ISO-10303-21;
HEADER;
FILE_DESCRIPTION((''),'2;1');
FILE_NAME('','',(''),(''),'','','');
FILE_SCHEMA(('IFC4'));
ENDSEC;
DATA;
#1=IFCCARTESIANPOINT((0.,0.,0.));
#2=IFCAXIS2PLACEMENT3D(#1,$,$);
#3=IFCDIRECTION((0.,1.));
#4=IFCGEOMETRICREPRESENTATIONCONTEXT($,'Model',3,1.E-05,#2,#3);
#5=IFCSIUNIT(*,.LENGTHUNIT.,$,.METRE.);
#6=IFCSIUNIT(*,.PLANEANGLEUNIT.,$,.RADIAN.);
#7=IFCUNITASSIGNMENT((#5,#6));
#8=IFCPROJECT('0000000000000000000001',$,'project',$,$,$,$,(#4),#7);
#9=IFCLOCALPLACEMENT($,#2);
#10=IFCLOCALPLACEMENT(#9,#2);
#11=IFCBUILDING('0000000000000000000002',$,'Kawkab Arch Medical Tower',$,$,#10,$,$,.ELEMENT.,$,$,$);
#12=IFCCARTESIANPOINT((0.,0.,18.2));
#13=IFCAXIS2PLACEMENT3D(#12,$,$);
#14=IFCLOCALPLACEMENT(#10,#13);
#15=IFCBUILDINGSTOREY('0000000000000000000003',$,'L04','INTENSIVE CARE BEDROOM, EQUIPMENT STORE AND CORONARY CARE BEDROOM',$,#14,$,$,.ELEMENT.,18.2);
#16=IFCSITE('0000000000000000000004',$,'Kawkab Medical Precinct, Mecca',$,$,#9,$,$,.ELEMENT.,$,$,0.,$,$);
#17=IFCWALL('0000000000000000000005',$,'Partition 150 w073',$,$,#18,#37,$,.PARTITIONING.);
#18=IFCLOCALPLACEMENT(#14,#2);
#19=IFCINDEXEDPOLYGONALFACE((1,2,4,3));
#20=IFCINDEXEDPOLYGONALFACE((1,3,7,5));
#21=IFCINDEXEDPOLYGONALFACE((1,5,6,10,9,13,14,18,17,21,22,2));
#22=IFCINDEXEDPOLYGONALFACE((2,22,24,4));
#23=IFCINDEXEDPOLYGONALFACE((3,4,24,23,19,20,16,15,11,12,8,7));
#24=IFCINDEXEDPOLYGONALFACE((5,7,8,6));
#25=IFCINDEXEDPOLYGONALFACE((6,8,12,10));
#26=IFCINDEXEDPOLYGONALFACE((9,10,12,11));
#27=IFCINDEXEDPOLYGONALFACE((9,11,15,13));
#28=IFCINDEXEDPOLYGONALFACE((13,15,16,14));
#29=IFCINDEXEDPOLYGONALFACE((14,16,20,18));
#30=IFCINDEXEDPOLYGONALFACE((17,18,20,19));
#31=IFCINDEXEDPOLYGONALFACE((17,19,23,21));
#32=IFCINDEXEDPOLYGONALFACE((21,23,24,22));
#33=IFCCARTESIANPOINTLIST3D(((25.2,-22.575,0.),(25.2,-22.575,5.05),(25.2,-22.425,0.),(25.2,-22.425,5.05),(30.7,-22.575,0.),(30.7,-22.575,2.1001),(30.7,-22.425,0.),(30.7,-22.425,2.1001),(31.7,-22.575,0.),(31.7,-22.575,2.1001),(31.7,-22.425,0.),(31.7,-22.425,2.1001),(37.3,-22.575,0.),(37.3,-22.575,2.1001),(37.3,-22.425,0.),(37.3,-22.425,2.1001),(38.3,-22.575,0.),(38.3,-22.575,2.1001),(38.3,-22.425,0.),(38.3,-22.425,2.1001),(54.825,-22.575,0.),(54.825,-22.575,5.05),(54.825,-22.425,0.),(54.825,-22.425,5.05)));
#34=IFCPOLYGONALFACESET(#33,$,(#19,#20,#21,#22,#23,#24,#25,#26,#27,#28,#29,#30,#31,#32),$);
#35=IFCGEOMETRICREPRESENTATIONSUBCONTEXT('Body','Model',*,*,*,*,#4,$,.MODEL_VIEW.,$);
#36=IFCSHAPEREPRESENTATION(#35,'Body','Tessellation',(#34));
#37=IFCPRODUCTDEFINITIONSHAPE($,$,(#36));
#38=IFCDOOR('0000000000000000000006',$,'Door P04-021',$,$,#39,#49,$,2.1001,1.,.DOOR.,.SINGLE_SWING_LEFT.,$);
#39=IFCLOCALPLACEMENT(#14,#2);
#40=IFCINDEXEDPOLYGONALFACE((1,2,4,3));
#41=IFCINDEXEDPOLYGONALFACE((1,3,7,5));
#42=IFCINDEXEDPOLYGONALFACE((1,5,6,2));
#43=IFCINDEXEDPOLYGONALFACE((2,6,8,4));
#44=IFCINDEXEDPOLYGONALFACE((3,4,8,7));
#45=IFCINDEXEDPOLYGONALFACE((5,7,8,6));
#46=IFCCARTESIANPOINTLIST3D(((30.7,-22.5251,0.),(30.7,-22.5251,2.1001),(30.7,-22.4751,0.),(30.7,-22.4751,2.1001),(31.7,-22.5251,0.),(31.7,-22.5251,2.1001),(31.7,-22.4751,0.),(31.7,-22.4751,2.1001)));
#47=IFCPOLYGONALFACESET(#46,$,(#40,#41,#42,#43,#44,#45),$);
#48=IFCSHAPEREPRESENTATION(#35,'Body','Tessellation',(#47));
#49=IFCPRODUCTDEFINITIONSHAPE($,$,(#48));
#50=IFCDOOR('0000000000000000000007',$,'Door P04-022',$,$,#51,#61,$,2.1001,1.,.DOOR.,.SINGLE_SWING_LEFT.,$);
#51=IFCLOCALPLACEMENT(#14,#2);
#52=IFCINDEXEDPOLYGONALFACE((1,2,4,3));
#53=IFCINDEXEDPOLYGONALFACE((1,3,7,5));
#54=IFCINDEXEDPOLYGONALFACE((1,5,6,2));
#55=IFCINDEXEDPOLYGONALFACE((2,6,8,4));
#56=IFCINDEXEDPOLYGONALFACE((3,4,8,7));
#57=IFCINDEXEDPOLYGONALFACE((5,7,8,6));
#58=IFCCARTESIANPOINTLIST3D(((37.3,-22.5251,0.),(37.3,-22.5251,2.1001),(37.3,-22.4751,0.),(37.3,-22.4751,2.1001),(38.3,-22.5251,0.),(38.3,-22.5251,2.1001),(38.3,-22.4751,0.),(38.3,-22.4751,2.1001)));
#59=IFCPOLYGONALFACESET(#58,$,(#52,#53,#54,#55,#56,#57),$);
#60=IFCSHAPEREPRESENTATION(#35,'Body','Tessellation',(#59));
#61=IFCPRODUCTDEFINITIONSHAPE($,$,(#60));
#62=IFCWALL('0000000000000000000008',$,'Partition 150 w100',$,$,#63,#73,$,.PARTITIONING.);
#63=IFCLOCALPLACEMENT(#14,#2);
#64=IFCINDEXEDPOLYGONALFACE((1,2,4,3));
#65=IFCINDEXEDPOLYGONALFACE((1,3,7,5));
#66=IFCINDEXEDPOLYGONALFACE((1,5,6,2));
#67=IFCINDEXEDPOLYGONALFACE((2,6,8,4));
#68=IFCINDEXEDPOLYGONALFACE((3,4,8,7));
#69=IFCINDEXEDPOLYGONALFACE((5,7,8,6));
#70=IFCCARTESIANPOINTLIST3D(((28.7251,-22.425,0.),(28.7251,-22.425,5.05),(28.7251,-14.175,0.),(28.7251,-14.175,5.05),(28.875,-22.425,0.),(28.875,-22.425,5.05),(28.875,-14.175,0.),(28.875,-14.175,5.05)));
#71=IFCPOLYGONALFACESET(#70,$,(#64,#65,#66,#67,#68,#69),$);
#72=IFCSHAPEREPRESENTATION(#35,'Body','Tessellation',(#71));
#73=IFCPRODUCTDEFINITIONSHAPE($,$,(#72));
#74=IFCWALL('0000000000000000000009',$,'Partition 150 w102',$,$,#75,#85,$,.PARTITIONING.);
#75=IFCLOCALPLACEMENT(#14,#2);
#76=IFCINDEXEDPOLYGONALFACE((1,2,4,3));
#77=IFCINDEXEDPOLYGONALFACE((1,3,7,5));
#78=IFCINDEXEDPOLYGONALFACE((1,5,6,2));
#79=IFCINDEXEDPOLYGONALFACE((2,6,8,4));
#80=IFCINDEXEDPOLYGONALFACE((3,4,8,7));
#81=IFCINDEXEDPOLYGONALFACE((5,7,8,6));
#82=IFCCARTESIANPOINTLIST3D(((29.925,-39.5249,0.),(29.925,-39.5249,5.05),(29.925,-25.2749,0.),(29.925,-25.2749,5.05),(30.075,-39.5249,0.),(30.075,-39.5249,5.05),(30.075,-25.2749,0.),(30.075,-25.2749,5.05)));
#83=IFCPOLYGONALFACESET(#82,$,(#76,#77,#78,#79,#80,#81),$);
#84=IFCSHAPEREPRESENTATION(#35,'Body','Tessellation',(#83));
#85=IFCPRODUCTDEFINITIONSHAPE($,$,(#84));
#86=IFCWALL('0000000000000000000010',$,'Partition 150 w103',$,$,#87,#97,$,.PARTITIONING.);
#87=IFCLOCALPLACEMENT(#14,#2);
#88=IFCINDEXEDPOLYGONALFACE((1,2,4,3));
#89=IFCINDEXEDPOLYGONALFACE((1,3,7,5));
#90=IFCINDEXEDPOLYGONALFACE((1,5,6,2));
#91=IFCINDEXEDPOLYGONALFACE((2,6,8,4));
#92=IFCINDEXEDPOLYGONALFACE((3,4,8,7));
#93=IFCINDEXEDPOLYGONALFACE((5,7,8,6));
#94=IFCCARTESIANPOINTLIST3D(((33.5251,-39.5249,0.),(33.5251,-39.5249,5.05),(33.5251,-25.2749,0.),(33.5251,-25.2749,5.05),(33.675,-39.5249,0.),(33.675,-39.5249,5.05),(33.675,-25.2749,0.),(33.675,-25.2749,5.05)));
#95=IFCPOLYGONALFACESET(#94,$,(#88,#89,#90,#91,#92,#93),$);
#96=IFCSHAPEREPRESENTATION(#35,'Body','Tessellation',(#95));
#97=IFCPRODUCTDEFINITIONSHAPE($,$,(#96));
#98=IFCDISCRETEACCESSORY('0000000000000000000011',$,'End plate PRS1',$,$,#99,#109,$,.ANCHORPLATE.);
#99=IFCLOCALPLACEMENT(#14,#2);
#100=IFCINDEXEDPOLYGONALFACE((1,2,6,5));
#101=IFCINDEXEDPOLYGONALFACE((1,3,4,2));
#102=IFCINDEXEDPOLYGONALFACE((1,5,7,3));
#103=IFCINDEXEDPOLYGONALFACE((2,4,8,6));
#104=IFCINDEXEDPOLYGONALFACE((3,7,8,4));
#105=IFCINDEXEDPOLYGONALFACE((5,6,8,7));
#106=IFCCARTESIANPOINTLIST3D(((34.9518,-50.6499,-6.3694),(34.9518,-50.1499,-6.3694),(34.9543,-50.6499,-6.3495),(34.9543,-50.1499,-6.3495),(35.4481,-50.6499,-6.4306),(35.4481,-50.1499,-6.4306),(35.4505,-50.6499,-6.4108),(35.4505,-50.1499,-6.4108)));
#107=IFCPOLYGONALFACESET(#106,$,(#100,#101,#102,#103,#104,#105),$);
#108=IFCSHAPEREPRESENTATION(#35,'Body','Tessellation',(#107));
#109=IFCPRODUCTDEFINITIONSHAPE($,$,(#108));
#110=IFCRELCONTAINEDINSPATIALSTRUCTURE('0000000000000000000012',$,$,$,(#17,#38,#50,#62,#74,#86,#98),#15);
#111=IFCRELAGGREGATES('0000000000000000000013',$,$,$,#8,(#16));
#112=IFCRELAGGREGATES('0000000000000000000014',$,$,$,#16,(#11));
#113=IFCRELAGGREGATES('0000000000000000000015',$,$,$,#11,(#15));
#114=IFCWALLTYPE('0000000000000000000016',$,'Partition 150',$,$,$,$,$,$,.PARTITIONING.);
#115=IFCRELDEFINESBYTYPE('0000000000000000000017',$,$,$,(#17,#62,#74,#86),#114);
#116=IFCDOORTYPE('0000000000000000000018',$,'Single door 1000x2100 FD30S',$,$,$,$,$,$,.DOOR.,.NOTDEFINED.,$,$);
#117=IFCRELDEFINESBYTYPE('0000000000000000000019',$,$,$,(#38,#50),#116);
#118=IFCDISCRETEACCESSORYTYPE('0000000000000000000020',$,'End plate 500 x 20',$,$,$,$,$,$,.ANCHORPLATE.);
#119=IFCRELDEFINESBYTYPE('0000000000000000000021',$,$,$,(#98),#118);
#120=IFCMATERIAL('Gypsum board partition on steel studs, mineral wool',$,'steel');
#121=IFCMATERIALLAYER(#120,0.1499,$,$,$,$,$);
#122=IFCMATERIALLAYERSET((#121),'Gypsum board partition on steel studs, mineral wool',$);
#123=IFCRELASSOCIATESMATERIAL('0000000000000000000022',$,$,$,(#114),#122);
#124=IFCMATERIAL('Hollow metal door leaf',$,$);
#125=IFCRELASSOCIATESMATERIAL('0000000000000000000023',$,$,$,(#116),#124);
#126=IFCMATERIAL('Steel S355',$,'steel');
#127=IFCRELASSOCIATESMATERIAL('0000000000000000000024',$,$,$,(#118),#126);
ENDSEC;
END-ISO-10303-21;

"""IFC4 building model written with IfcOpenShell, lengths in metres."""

from ifc_helpers import new_model, si_unit, direction, frame, frame_2d, origin, origin_2d, place, context, subcontext, project, spatial, rectangle, extrude, material, layer, layer_set, material_profile, profile_set, type_object, element, fill, save


model = new_model("IFC4")

# Units and contexts
model_context = context("Model", 3, precision=1e-05, world=origin(), true_north=direction((0.0, 1.0)))
body_context = subcontext(model_context, "Body", "Model", "MODEL_VIEW")
ifc_project = project(units=[si_unit("LENGTHUNIT", "METRE"), si_unit("PLANEANGLEUNIT", "RADIAN")], contexts=[model_context])

# Site, building, storey
site_placement = place(None, origin())
site = spatial("IfcSite", under=ifc_project, at=site_placement, Name="Kawkab Medical Precinct, Mecca", CompositionType="ELEMENT", RefElevation=0.0)
building_placement = place(site_placement, origin())
building = spatial("IfcBuilding", under=site, at=building_placement, Name="Kawkab Arch Medical Tower", CompositionType="ELEMENT")
storey_placement = place(building_placement, frame((0.0, 0.0, 18.2)))
storey = spatial("IfcBuildingStorey", under=building, at=storey_placement, Name="L04", Description="INTENSIVE CARE BEDROOM, EQUIPMENT STORE AND CORONARY CARE BEDROOM", CompositionType="ELEMENT", Elevation=18.2)

# Shared definitions
ifc_material_1 = material(Name="Gypsum board partition on steel studs, mineral wool", Category="steel")
ifc_layer_1 = layer(ifc_material_1, 0.1499)
ifc_layer_set_1 = layer_set([ifc_layer_1], Name="Gypsum board partition on steel studs, mineral wool")
wall_type_1 = type_object("IfcWallType", Name="Partition 150", PredefinedType="PARTITIONING", material=ifc_layer_set_1)

# Wall, openings, doors
wall_1_placement = place(storey_placement, frame((25.2, -22.5, 0.0), z_axis=(0.0, 0.0, 1.0), x_axis=(1.0, 0.0, 0.0)))
wall_1 = element("IfcWall", 1, at=wall_1_placement, inside=storey, type_object=wall_type_1, Name="Partition 150 w073", PredefinedType="PARTITIONING", context=body_context, shape_type="SweptSolid", body=[
    extrude(rectangle(XDim=29.625, YDim=0.1499, at=frame_2d((14.8125, 0.0))), origin(), (0.0, 0.0, 1.0), 5.05),
])
opening_1_placement = place(wall_1_placement, frame((5.5, 0.0, 0.0)))
opening_1 = element("IfcOpeningElement", 2, at=opening_1_placement, cuts=wall_1, PredefinedType="OPENING", context=body_context, shape_type="SweptSolid", body=[
    extrude(rectangle(XDim=1.0, YDim=2.1001, at=frame_2d((0.5, 1.05))), frame((0.0, 0.085, 0.0), z_axis=(0.0, -1.0, 0.0), x_axis=(1.0, 0.0, 0.0)), (0.0, 0.0, 1.0), 0.1699),
])
opening_2_placement = place(wall_1_placement, frame((12.1001, 0.0, 0.0)))
opening_2 = element("IfcOpeningElement", 3, at=opening_2_placement, cuts=wall_1, PredefinedType="OPENING", context=body_context, shape_type="SweptSolid", body=[
    extrude(rectangle(XDim=1.0, YDim=2.1001, at=frame_2d((0.5, 1.05))), frame((0.0, 0.085, 0.0), z_axis=(0.0, -1.0, 0.0), x_axis=(1.0, 0.0, 0.0)), (0.0, 0.0, 1.0), 0.1699),
])
ifc_material_2 = material(Name="Hollow metal door leaf")
door_type_1 = type_object("IfcDoorType", Name="Single door 1000x2100 FD30S", OperationType="NOTDEFINED", PredefinedType="DOOR", material=ifc_material_2)
door_1_placement = place(opening_1_placement, origin())
door_1 = element("IfcDoor", 4, at=door_1_placement, inside=storey, type_object=door_type_1, Name="Door P04-021", OperationType="SINGLE_SWING_LEFT", OverallHeight=2.1001, OverallWidth=1.0, PredefinedType="DOOR", context=body_context, shape_type="SweptSolid", body=[
    extrude(rectangle(XDim=1.0, YDim=2.1001, at=frame_2d((0.5, 1.05))), frame((0.0, 0.0249, 0.0), z_axis=(0.0, -1.0, 0.0), x_axis=(1.0, 0.0, 0.0)), (0.0, 0.0, 1.0), 0.05),
])
fill(opening_1, door_1)
door_2_placement = place(opening_2_placement, origin())
door_2 = element("IfcDoor", 5, at=door_2_placement, inside=storey, type_object=door_type_1, Name="Door P04-022", OperationType="SINGLE_SWING_LEFT", OverallHeight=2.1001, OverallWidth=1.0, PredefinedType="DOOR", context=body_context, shape_type="SweptSolid", body=[
    extrude(rectangle(XDim=1.0, YDim=2.1001, at=frame_2d((0.5, 1.05))), frame((0.0, 0.0249, 0.0), z_axis=(0.0, -1.0, 0.0), x_axis=(1.0, 0.0, 0.0)), (0.0, 0.0, 1.0), 0.05),
])
fill(opening_2, door_2)

# Walls
wall_2_placement = place(storey_placement, frame((28.8, -22.425, 0.0), z_axis=(0.0, 0.0, 1.0), x_axis=(0.0, 1.0, 0.0)))
element("IfcWall", 6, at=wall_2_placement, inside=storey, type_object=wall_type_1, Name="Partition 150 w100", PredefinedType="PARTITIONING", context=body_context, shape_type="SweptSolid", body=[
    extrude(rectangle(XDim=8.25, YDim=0.1499, at=frame_2d((4.125, 0.0))), origin(), (0.0, 0.0, 1.0), 5.05),
])
for number, where, z_axis, x_axis, name in (
    (7, (30.0, -39.5249, 0.0), (0.0, 0.0, 1.0), (0.0, 1.0, 0.0), "Partition 150 w102"),
    (8, (33.6001, -39.5249, 0.0), (0.0, 0.0, 1.0), (0.0, 1.0, 0.0), "Partition 150 w103"),
):
    element("IfcWall", number, at=place(storey_placement, frame(where, z_axis=z_axis, x_axis=x_axis)), inside=storey, type_object=wall_type_1, Name=name, PredefinedType="PARTITIONING", context=body_context, shape_type="SweptSolid", body=[
        extrude(rectangle(XDim=14.25, YDim=0.1499, at=frame_2d((7.125, 0.0))), origin(), (0.0, 0.0, 1.0), 5.05),
    ])

# Discrete accessory
ifc_material_3 = material(Name="Steel S355", Category="steel")
ifc_material_profile_1 = material_profile(ifc_material_3, rectangle(XDim=0.5, YDim=0.5, at=origin_2d()), Name="End plate 500 x 20")
ifc_profile_set_1 = profile_set([ifc_material_profile_1], Name="Steel S355")
discrete_accessory_type = type_object("IfcDiscreteAccessoryType", Name="End plate 500 x 20", PredefinedType="ANCHORPLATE", material=ifc_profile_set_1)
discrete_accessory_placement = place(storey_placement, frame((35.2024, -50.3999, -6.3801), z_axis=(-0.122527, 0.0, -0.992465), x_axis=(0.0, -1.0, 0.0)))
element("IfcDiscreteAccessory", 9, at=discrete_accessory_placement, inside=storey, type_object=discrete_accessory_type, Name="End plate PRS1", PredefinedType="ANCHORPLATE", context=body_context, shape_type="SweptSolid", body=[
    extrude(rectangle(XDim=0.5, YDim=0.5, at=origin_2d()), origin(), (0.0, 0.0, 1.0), 0.02),
])

save(model, "model.ifc")
